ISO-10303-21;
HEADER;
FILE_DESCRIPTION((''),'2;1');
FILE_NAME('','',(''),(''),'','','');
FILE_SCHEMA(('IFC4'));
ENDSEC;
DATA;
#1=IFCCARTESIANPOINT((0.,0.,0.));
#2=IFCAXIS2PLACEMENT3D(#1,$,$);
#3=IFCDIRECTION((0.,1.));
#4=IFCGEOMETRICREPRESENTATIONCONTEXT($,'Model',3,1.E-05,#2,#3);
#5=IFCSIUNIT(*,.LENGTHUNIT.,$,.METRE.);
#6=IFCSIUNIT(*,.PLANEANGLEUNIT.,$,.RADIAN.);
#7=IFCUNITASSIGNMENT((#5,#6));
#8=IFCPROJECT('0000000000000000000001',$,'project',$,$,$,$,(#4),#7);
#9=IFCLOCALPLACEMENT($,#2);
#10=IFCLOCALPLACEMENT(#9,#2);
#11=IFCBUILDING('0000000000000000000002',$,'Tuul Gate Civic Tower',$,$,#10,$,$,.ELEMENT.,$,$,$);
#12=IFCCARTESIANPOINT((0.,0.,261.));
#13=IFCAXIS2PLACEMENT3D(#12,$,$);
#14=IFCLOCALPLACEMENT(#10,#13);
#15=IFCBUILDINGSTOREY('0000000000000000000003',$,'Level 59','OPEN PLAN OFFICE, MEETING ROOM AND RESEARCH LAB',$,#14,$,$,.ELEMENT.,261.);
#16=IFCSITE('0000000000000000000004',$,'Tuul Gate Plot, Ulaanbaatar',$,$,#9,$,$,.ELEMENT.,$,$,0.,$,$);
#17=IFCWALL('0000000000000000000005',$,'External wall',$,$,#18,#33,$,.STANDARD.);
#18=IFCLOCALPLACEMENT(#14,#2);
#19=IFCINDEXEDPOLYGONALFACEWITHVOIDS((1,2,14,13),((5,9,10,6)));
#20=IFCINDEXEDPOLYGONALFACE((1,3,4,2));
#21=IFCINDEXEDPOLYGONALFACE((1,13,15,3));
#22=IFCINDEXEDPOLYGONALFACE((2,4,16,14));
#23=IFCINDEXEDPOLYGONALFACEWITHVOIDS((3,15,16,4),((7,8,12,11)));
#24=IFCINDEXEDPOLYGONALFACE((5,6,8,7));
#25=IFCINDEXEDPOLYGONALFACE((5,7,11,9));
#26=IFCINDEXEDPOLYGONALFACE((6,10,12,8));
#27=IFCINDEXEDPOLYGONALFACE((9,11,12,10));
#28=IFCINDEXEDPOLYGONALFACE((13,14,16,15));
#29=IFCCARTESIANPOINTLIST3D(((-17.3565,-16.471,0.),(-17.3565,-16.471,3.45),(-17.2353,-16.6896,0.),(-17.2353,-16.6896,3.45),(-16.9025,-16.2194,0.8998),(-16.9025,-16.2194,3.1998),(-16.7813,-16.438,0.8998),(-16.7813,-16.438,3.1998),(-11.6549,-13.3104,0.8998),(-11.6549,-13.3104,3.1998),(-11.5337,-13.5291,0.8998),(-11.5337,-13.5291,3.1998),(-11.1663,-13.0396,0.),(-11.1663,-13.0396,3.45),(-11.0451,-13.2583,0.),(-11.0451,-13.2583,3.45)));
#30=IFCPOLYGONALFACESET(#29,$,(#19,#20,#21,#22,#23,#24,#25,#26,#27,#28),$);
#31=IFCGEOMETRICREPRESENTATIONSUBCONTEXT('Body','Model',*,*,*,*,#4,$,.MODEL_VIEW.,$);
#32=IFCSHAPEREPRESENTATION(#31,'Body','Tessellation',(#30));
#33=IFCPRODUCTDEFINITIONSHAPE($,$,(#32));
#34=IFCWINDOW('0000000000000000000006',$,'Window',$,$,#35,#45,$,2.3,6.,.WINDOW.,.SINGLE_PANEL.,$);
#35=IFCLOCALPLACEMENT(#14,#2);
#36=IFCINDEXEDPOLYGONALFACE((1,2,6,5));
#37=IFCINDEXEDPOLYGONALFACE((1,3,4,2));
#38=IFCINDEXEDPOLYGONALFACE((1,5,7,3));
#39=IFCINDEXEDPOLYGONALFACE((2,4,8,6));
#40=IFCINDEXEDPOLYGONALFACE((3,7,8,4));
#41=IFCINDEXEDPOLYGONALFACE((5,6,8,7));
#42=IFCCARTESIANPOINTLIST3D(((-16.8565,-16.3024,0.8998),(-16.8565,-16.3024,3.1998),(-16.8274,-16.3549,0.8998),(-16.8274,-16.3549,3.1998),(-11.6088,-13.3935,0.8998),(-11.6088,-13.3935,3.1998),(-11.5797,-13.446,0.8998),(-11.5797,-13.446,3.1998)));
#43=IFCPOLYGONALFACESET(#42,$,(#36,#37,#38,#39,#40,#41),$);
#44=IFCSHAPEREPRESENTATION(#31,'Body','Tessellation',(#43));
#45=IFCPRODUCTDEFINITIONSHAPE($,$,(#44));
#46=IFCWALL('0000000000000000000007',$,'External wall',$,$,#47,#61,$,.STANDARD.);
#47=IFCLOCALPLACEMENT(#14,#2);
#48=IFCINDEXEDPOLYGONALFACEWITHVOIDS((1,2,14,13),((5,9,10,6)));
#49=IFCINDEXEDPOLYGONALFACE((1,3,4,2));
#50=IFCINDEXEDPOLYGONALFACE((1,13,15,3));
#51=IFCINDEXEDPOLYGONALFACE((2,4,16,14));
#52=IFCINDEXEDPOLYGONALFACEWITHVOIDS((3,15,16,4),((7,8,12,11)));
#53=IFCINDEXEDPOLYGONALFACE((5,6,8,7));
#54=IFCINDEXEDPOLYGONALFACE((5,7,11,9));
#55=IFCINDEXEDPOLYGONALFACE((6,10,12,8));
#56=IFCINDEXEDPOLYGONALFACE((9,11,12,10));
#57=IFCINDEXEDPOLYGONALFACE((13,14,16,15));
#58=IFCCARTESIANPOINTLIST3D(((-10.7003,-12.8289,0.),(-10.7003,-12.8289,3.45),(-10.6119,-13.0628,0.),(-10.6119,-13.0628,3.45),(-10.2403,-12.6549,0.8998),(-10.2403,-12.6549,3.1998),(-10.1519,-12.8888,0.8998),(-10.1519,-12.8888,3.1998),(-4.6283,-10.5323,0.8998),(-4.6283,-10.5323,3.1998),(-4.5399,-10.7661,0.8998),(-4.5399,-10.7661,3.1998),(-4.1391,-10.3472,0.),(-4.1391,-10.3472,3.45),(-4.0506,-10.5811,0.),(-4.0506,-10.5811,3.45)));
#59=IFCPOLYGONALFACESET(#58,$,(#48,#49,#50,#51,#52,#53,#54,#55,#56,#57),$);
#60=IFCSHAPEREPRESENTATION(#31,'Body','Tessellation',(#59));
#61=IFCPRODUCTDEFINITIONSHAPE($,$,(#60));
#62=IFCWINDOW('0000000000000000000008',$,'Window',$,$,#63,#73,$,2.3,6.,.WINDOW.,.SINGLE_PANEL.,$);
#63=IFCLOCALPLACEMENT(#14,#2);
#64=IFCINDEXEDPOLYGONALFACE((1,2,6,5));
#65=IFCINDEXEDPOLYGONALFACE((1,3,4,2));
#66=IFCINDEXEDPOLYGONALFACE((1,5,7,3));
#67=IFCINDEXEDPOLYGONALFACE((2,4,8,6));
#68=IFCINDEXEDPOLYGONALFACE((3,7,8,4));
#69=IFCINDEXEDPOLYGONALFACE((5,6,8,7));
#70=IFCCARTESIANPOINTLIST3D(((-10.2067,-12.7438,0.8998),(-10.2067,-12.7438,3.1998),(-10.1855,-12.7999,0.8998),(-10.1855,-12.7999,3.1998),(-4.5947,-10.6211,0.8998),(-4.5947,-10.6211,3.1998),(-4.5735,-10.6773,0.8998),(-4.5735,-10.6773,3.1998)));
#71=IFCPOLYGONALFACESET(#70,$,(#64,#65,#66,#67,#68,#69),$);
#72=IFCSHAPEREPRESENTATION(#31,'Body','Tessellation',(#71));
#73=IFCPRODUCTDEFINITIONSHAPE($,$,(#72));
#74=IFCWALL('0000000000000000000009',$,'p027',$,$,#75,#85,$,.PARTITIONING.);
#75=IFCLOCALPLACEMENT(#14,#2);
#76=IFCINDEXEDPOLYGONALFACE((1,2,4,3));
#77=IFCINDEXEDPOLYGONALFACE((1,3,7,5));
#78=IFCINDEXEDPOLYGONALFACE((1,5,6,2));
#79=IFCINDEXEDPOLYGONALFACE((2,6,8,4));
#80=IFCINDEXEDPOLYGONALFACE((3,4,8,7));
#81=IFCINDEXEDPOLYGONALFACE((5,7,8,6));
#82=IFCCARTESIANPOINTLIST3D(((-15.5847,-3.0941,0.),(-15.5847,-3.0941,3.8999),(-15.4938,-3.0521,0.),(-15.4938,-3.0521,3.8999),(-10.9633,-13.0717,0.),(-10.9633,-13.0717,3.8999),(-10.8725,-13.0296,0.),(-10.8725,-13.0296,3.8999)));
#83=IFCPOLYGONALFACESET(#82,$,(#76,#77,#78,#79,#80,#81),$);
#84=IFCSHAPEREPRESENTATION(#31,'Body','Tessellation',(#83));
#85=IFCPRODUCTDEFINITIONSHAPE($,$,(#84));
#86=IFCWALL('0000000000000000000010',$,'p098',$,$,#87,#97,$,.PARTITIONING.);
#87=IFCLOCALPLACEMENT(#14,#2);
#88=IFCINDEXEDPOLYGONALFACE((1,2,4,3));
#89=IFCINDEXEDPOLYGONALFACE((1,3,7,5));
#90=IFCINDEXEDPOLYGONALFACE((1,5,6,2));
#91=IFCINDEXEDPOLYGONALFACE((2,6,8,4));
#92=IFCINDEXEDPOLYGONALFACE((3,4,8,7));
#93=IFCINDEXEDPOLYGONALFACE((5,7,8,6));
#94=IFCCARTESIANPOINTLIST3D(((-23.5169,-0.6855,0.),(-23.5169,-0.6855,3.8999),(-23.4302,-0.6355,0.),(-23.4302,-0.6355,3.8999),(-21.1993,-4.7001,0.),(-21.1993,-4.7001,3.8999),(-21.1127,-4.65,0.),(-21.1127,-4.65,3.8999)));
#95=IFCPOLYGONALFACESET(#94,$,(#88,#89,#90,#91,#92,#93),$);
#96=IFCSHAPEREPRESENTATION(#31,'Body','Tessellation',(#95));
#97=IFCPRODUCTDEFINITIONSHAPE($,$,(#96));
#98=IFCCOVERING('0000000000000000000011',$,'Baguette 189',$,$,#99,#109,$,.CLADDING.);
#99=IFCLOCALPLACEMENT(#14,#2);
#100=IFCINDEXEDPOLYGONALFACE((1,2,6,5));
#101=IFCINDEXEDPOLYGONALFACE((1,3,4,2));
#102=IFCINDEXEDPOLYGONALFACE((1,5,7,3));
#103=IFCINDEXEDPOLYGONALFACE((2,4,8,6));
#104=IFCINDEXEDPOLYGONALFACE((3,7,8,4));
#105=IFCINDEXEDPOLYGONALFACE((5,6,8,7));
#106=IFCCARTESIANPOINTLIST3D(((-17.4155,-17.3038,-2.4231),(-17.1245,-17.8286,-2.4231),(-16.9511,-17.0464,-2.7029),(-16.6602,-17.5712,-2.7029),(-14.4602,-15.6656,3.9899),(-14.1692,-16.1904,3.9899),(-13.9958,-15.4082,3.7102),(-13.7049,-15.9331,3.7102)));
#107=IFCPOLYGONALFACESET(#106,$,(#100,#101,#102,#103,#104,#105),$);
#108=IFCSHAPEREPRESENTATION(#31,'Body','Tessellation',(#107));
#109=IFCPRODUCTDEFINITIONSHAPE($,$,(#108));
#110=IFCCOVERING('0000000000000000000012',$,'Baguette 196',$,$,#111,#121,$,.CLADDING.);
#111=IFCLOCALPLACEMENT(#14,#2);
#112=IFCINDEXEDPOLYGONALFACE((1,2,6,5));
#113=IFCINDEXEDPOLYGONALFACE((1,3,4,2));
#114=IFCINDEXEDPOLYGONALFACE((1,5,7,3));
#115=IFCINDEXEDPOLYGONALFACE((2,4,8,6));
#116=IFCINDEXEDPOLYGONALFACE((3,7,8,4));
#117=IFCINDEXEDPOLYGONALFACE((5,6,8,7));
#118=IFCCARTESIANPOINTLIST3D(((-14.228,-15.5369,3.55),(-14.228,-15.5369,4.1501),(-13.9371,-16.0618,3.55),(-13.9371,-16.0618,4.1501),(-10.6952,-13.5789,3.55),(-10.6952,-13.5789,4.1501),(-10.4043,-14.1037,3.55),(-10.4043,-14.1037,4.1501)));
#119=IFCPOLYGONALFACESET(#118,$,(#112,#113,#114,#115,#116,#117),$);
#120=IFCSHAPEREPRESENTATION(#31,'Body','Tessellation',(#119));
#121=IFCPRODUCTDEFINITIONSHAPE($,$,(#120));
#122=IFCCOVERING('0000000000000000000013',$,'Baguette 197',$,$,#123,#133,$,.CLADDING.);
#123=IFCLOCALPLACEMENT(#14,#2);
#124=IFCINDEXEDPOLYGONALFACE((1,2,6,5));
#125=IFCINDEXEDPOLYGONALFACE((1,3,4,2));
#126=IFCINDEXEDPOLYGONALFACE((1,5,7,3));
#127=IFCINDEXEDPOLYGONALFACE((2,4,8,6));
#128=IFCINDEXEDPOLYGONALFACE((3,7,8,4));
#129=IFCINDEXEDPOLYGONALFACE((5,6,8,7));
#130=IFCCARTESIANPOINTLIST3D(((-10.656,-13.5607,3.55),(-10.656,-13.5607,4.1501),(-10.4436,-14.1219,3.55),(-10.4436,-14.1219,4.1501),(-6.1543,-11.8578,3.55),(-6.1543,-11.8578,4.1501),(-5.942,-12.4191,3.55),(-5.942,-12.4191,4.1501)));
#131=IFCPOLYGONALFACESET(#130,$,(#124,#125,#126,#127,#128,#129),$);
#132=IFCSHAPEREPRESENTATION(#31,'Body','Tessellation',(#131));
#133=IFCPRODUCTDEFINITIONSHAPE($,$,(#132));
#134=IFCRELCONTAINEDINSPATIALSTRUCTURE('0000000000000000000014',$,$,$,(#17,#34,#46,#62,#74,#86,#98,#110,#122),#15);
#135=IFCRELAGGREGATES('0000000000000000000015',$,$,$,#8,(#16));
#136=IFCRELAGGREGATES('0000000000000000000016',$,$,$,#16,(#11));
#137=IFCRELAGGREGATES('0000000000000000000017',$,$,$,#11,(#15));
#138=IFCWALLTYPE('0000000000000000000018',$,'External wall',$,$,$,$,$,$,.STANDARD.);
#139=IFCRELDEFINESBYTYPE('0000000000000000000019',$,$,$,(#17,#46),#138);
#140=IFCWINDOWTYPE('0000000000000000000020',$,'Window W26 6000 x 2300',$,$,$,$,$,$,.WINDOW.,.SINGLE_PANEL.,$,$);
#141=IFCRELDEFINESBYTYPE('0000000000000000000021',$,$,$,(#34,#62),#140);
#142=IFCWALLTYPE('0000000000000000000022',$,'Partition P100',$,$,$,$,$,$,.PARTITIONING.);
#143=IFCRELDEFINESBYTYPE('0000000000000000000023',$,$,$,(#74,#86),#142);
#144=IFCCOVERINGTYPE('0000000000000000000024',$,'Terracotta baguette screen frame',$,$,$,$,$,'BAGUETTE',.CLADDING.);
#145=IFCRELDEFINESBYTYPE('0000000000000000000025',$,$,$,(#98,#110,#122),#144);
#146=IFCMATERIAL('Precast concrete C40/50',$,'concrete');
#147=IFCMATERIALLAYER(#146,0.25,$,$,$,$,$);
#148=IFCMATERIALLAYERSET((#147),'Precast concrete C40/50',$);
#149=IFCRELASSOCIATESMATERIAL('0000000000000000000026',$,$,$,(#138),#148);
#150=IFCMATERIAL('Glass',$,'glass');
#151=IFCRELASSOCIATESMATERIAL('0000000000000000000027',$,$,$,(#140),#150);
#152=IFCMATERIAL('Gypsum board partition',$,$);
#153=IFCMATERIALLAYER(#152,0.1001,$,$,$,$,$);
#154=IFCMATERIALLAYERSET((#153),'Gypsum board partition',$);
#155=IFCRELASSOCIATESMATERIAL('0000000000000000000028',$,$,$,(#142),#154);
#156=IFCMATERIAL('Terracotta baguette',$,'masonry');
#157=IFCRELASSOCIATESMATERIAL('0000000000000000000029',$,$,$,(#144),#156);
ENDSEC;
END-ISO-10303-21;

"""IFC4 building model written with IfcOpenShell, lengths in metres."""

from ifc_helpers import new_model, si_unit, direction, frame, frame_2d, origin, origin_2d, place, context, subcontext, project, spatial, rectangle, extrude, material, layer, layer_set, material_profile, profile_set, type_object, element, fill, save


model = new_model("IFC4")

# Units and contexts
model_context = context("Model", 3, precision=1e-05, world=origin(), true_north=direction((0.0, 1.0)))
body_context = subcontext(model_context, "Body", "Model", "MODEL_VIEW")
ifc_project = project(units=[si_unit("LENGTHUNIT", "METRE"), si_unit("PLANEANGLEUNIT", "RADIAN")], contexts=[model_context])

# Site, building, storey
site_placement = place(None, origin())
site = spatial("IfcSite", under=ifc_project, at=site_placement, Name="Tuul Gate Plot, Ulaanbaatar", CompositionType="ELEMENT", RefElevation=0.0)
building_placement = place(site_placement, origin())
building = spatial("IfcBuilding", under=site, at=building_placement, Name="Tuul Gate Civic Tower", CompositionType="ELEMENT")
storey_placement = place(building_placement, frame((0.0, 0.0, 261.0)))
storey = spatial("IfcBuildingStorey", under=building, at=storey_placement, Name="Level 59", Description="OPEN PLAN OFFICE, MEETING ROOM AND RESEARCH LAB", CompositionType="ELEMENT", Elevation=261.0)

# Walls, openings, windows
ifc_material_1 = material(Name="Precast concrete C40/50", Category="concrete")
ifc_layer_1 = layer(ifc_material_1, 0.25)
ifc_layer_set_1 = layer_set([ifc_layer_1], Name="Precast concrete C40/50")
wall_type_1 = type_object("IfcWallType", Name="External wall", PredefinedType="STANDARD", material=ifc_layer_set_1)
ifc_material_2 = material(Name="Glass", Category="glass")
window_type = type_object("IfcWindowType", Name="Window W26 6000 x 2300", PartitioningType="SINGLE_PANEL", PredefinedType="WINDOW", material=ifc_material_2)
wall_1_placement = place(storey_placement, frame((-17.2959, -16.5803, 0.0), z_axis=(0.0, 0.0, 1.0), x_axis=(0.874612, 0.484823, 0.0)))
wall_1 = element("IfcWall", 1, at=wall_1_placement, inside=storey, type_object=wall_type_1, Name="External wall", PredefinedType="STANDARD", context=body_context, shape_type="SweptSolid", body=[
    extrude(rectangle(XDim=7.0776, YDim=0.25, at=frame_2d((3.5388, 0.0))), origin(), (0.0, 0.0, 1.0), 3.45),
])
opening_1_placement = place(wall_1_placement, frame((0.519, 0.0, 0.8999)))
opening_1 = element("IfcOpeningElement", 2, at=opening_1_placement, cuts=wall_1, PredefinedType="OPENING", context=body_context, shape_type="SweptSolid", body=[
    extrude(rectangle(XDim=6.0, YDim=2.3, at=frame_2d((3.0, 1.1499))), frame((0.0, 0.135, 0.0), z_axis=(0.0, -1.0, 0.0), x_axis=(1.0, 0.0, 0.0)), (0.0, 0.0, 1.0), 0.27),
])
window_1_placement = place(opening_1_placement, origin())
window_1 = element("IfcWindow", 3, at=window_1_placement, inside=storey, type_object=window_type, Name="Window", OverallHeight=2.3, OverallWidth=6.0, PartitioningType="SINGLE_PANEL", PredefinedType="WINDOW", context=body_context, shape_type="SweptSolid", body=[
    extrude(rectangle(XDim=6.0, YDim=2.3, at=frame_2d((3.0, 1.1499))), frame((0.0, 0.03, 0.0), z_axis=(0.0, -1.0, 0.0), x_axis=(1.0, 0.0, 0.0)), (0.0, 0.0, 1.0), 0.0601),
])
fill(opening_1, window_1)
wall_2_placement = place(storey_placement, frame((-10.656, -12.9458, 0.0), z_axis=(0.0, 0.0, 1.0), x_axis=(0.935331, 0.353773, 0.0)))
wall_2 = element("IfcWall", 4, at=wall_2_placement, inside=storey, type_object=wall_type_1, Name="External wall", PredefinedType="STANDARD", context=body_context, shape_type="SweptSolid", body=[
    extrude(rectangle(XDim=7.0149, YDim=0.25, at=frame_2d((3.5073, 0.0))), origin(), (0.0, 0.0, 1.0), 3.45),
])
opening_2_placement = place(wall_2_placement, frame((0.4917, 0.0, 0.8999)))
opening_2 = element("IfcOpeningElement", 5, at=opening_2_placement, cuts=wall_2, PredefinedType="OPENING", context=body_context, shape_type="SweptSolid", body=[
    extrude(rectangle(XDim=6.0, YDim=2.3, at=frame_2d((3.0, 1.1499))), frame((0.0, 0.135, 0.0), z_axis=(0.0, -1.0, 0.0), x_axis=(1.0, 0.0, 0.0)), (0.0, 0.0, 1.0), 0.27),
])
window_2_placement = place(opening_2_placement, origin())
window_2 = element("IfcWindow", 6, at=window_2_placement, inside=storey, type_object=window_type, Name="Window", OverallHeight=2.3, OverallWidth=6.0, PartitioningType="SINGLE_PANEL", PredefinedType="WINDOW", context=body_context, shape_type="SweptSolid", body=[
    extrude(rectangle(XDim=6.0, YDim=2.3, at=frame_2d((3.0, 1.1499))), frame((0.0, 0.03, 0.0), z_axis=(0.0, -1.0, 0.0), x_axis=(1.0, 0.0, 0.0)), (0.0, 0.0, 1.0), 0.0601),
])
fill(opening_2, window_2)

# Walls
ifc_material_3 = material(Name="Gypsum board partition")
ifc_layer_2 = layer(ifc_material_3, 0.1001)
ifc_layer_set_2 = layer_set([ifc_layer_2], Name="Gypsum board partition")
wall_type_2 = type_object("IfcWallType", Name="Partition P100", PredefinedType="PARTITIONING", material=ifc_layer_set_2)
wall_3_placement = place(storey_placement, frame((-15.5393, -3.073, 0.0), z_axis=(0.0, 0.0, 1.0), x_axis=(0.420281, -0.907394, 0.0)))
element("IfcWall", 7, at=wall_3_placement, inside=storey, type_object=wall_type_2, Name="p027", PredefinedType="PARTITIONING", context=body_context, shape_type="SweptSolid", body=[
    extrude(rectangle(XDim=10.9958, YDim=0.1001, at=frame_2d((5.498, 0.0))), origin(), (0.0, 0.0, 1.0), 3.8999),
])
wall_4_placement = place(storey_placement, frame((-23.4736, -0.6604, 0.0), z_axis=(0.0, 0.0, 1.0), x_axis=(0.499963, -0.866047, 0.0)))
element("IfcWall", 8, at=wall_4_placement, inside=storey, type_object=wall_type_2, Name="p098", PredefinedType="PARTITIONING", context=body_context, shape_type="SweptSolid", body=[
    extrude(rectangle(XDim=4.6355, YDim=0.1001, at=frame_2d((2.3179, 0.0))), origin(), (0.0, 0.0, 1.0), 3.8999),
])

# Coverings
ifc_material_4 = material(Name="Terracotta baguette", Category="masonry")
ifc_material_profile_1 = material_profile(ifc_material_4, rectangle(XDim=0.6001, YDim=0.6001, at=origin_2d()), Name="Terracotta baguette screen frame")
ifc_profile_set_1 = profile_set([ifc_material_profile_1], Name="Terracotta baguette")
covering_type = type_object("IfcCoveringType", Name="Terracotta baguette screen frame", ElementType="BAGUETTE", PredefinedType="CLADDING", material=ifc_profile_set_1)
covering_1_placement = place(storey_placement, frame((-17.0378, -17.4375, -2.563), z_axis=(0.407698, 0.225993, 0.884709), x_axis=(-0.484815, 0.874617, 0.0)))
element("IfcCovering", 9, at=covering_1_placement, inside=storey, type_object=covering_type, Name="Baguette 189", PredefinedType="CLADDING", context=body_context, shape_type="SweptSolid", body=[
    extrude(rectangle(XDim=0.6001, YDim=0.6001, at=origin_2d()), origin(), (0.0, 0.0, 1.0), 7.2488),
])
covering_2_placement = place(storey_placement, frame((-14.0825, -15.7993, 3.8501), z_axis=(0.874642, 0.48477, 0.0), x_axis=(-0.48477, 0.874642, 0.0)))
element("IfcCovering", 10, at=covering_2_placement, inside=storey, type_object=covering_type, Name="Baguette 196", PredefinedType="CLADDING", context=body_context, shape_type="SweptSolid", body=[
    extrude(rectangle(XDim=0.6001, YDim=0.6001, at=origin_2d()), origin(), (0.0, 0.0, 1.0), 4.0391),
])
covering_3_placement = place(storey_placement, frame((-10.5498, -13.8413, 3.8501), z_axis=(0.935318, 0.353807, 0.0), x_axis=(-0.353807, 0.935318, 0.0)))
element("IfcCovering", 11, at=covering_3_placement, inside=storey, type_object=covering_type, Name="Baguette 197", PredefinedType="CLADDING", context=body_context, shape_type="SweptSolid", body=[
    extrude(rectangle(XDim=0.6001, YDim=0.6001, at=origin_2d()), origin(), (0.0, 0.0, 1.0), 4.813),
])

save(model, "model.ifc")
